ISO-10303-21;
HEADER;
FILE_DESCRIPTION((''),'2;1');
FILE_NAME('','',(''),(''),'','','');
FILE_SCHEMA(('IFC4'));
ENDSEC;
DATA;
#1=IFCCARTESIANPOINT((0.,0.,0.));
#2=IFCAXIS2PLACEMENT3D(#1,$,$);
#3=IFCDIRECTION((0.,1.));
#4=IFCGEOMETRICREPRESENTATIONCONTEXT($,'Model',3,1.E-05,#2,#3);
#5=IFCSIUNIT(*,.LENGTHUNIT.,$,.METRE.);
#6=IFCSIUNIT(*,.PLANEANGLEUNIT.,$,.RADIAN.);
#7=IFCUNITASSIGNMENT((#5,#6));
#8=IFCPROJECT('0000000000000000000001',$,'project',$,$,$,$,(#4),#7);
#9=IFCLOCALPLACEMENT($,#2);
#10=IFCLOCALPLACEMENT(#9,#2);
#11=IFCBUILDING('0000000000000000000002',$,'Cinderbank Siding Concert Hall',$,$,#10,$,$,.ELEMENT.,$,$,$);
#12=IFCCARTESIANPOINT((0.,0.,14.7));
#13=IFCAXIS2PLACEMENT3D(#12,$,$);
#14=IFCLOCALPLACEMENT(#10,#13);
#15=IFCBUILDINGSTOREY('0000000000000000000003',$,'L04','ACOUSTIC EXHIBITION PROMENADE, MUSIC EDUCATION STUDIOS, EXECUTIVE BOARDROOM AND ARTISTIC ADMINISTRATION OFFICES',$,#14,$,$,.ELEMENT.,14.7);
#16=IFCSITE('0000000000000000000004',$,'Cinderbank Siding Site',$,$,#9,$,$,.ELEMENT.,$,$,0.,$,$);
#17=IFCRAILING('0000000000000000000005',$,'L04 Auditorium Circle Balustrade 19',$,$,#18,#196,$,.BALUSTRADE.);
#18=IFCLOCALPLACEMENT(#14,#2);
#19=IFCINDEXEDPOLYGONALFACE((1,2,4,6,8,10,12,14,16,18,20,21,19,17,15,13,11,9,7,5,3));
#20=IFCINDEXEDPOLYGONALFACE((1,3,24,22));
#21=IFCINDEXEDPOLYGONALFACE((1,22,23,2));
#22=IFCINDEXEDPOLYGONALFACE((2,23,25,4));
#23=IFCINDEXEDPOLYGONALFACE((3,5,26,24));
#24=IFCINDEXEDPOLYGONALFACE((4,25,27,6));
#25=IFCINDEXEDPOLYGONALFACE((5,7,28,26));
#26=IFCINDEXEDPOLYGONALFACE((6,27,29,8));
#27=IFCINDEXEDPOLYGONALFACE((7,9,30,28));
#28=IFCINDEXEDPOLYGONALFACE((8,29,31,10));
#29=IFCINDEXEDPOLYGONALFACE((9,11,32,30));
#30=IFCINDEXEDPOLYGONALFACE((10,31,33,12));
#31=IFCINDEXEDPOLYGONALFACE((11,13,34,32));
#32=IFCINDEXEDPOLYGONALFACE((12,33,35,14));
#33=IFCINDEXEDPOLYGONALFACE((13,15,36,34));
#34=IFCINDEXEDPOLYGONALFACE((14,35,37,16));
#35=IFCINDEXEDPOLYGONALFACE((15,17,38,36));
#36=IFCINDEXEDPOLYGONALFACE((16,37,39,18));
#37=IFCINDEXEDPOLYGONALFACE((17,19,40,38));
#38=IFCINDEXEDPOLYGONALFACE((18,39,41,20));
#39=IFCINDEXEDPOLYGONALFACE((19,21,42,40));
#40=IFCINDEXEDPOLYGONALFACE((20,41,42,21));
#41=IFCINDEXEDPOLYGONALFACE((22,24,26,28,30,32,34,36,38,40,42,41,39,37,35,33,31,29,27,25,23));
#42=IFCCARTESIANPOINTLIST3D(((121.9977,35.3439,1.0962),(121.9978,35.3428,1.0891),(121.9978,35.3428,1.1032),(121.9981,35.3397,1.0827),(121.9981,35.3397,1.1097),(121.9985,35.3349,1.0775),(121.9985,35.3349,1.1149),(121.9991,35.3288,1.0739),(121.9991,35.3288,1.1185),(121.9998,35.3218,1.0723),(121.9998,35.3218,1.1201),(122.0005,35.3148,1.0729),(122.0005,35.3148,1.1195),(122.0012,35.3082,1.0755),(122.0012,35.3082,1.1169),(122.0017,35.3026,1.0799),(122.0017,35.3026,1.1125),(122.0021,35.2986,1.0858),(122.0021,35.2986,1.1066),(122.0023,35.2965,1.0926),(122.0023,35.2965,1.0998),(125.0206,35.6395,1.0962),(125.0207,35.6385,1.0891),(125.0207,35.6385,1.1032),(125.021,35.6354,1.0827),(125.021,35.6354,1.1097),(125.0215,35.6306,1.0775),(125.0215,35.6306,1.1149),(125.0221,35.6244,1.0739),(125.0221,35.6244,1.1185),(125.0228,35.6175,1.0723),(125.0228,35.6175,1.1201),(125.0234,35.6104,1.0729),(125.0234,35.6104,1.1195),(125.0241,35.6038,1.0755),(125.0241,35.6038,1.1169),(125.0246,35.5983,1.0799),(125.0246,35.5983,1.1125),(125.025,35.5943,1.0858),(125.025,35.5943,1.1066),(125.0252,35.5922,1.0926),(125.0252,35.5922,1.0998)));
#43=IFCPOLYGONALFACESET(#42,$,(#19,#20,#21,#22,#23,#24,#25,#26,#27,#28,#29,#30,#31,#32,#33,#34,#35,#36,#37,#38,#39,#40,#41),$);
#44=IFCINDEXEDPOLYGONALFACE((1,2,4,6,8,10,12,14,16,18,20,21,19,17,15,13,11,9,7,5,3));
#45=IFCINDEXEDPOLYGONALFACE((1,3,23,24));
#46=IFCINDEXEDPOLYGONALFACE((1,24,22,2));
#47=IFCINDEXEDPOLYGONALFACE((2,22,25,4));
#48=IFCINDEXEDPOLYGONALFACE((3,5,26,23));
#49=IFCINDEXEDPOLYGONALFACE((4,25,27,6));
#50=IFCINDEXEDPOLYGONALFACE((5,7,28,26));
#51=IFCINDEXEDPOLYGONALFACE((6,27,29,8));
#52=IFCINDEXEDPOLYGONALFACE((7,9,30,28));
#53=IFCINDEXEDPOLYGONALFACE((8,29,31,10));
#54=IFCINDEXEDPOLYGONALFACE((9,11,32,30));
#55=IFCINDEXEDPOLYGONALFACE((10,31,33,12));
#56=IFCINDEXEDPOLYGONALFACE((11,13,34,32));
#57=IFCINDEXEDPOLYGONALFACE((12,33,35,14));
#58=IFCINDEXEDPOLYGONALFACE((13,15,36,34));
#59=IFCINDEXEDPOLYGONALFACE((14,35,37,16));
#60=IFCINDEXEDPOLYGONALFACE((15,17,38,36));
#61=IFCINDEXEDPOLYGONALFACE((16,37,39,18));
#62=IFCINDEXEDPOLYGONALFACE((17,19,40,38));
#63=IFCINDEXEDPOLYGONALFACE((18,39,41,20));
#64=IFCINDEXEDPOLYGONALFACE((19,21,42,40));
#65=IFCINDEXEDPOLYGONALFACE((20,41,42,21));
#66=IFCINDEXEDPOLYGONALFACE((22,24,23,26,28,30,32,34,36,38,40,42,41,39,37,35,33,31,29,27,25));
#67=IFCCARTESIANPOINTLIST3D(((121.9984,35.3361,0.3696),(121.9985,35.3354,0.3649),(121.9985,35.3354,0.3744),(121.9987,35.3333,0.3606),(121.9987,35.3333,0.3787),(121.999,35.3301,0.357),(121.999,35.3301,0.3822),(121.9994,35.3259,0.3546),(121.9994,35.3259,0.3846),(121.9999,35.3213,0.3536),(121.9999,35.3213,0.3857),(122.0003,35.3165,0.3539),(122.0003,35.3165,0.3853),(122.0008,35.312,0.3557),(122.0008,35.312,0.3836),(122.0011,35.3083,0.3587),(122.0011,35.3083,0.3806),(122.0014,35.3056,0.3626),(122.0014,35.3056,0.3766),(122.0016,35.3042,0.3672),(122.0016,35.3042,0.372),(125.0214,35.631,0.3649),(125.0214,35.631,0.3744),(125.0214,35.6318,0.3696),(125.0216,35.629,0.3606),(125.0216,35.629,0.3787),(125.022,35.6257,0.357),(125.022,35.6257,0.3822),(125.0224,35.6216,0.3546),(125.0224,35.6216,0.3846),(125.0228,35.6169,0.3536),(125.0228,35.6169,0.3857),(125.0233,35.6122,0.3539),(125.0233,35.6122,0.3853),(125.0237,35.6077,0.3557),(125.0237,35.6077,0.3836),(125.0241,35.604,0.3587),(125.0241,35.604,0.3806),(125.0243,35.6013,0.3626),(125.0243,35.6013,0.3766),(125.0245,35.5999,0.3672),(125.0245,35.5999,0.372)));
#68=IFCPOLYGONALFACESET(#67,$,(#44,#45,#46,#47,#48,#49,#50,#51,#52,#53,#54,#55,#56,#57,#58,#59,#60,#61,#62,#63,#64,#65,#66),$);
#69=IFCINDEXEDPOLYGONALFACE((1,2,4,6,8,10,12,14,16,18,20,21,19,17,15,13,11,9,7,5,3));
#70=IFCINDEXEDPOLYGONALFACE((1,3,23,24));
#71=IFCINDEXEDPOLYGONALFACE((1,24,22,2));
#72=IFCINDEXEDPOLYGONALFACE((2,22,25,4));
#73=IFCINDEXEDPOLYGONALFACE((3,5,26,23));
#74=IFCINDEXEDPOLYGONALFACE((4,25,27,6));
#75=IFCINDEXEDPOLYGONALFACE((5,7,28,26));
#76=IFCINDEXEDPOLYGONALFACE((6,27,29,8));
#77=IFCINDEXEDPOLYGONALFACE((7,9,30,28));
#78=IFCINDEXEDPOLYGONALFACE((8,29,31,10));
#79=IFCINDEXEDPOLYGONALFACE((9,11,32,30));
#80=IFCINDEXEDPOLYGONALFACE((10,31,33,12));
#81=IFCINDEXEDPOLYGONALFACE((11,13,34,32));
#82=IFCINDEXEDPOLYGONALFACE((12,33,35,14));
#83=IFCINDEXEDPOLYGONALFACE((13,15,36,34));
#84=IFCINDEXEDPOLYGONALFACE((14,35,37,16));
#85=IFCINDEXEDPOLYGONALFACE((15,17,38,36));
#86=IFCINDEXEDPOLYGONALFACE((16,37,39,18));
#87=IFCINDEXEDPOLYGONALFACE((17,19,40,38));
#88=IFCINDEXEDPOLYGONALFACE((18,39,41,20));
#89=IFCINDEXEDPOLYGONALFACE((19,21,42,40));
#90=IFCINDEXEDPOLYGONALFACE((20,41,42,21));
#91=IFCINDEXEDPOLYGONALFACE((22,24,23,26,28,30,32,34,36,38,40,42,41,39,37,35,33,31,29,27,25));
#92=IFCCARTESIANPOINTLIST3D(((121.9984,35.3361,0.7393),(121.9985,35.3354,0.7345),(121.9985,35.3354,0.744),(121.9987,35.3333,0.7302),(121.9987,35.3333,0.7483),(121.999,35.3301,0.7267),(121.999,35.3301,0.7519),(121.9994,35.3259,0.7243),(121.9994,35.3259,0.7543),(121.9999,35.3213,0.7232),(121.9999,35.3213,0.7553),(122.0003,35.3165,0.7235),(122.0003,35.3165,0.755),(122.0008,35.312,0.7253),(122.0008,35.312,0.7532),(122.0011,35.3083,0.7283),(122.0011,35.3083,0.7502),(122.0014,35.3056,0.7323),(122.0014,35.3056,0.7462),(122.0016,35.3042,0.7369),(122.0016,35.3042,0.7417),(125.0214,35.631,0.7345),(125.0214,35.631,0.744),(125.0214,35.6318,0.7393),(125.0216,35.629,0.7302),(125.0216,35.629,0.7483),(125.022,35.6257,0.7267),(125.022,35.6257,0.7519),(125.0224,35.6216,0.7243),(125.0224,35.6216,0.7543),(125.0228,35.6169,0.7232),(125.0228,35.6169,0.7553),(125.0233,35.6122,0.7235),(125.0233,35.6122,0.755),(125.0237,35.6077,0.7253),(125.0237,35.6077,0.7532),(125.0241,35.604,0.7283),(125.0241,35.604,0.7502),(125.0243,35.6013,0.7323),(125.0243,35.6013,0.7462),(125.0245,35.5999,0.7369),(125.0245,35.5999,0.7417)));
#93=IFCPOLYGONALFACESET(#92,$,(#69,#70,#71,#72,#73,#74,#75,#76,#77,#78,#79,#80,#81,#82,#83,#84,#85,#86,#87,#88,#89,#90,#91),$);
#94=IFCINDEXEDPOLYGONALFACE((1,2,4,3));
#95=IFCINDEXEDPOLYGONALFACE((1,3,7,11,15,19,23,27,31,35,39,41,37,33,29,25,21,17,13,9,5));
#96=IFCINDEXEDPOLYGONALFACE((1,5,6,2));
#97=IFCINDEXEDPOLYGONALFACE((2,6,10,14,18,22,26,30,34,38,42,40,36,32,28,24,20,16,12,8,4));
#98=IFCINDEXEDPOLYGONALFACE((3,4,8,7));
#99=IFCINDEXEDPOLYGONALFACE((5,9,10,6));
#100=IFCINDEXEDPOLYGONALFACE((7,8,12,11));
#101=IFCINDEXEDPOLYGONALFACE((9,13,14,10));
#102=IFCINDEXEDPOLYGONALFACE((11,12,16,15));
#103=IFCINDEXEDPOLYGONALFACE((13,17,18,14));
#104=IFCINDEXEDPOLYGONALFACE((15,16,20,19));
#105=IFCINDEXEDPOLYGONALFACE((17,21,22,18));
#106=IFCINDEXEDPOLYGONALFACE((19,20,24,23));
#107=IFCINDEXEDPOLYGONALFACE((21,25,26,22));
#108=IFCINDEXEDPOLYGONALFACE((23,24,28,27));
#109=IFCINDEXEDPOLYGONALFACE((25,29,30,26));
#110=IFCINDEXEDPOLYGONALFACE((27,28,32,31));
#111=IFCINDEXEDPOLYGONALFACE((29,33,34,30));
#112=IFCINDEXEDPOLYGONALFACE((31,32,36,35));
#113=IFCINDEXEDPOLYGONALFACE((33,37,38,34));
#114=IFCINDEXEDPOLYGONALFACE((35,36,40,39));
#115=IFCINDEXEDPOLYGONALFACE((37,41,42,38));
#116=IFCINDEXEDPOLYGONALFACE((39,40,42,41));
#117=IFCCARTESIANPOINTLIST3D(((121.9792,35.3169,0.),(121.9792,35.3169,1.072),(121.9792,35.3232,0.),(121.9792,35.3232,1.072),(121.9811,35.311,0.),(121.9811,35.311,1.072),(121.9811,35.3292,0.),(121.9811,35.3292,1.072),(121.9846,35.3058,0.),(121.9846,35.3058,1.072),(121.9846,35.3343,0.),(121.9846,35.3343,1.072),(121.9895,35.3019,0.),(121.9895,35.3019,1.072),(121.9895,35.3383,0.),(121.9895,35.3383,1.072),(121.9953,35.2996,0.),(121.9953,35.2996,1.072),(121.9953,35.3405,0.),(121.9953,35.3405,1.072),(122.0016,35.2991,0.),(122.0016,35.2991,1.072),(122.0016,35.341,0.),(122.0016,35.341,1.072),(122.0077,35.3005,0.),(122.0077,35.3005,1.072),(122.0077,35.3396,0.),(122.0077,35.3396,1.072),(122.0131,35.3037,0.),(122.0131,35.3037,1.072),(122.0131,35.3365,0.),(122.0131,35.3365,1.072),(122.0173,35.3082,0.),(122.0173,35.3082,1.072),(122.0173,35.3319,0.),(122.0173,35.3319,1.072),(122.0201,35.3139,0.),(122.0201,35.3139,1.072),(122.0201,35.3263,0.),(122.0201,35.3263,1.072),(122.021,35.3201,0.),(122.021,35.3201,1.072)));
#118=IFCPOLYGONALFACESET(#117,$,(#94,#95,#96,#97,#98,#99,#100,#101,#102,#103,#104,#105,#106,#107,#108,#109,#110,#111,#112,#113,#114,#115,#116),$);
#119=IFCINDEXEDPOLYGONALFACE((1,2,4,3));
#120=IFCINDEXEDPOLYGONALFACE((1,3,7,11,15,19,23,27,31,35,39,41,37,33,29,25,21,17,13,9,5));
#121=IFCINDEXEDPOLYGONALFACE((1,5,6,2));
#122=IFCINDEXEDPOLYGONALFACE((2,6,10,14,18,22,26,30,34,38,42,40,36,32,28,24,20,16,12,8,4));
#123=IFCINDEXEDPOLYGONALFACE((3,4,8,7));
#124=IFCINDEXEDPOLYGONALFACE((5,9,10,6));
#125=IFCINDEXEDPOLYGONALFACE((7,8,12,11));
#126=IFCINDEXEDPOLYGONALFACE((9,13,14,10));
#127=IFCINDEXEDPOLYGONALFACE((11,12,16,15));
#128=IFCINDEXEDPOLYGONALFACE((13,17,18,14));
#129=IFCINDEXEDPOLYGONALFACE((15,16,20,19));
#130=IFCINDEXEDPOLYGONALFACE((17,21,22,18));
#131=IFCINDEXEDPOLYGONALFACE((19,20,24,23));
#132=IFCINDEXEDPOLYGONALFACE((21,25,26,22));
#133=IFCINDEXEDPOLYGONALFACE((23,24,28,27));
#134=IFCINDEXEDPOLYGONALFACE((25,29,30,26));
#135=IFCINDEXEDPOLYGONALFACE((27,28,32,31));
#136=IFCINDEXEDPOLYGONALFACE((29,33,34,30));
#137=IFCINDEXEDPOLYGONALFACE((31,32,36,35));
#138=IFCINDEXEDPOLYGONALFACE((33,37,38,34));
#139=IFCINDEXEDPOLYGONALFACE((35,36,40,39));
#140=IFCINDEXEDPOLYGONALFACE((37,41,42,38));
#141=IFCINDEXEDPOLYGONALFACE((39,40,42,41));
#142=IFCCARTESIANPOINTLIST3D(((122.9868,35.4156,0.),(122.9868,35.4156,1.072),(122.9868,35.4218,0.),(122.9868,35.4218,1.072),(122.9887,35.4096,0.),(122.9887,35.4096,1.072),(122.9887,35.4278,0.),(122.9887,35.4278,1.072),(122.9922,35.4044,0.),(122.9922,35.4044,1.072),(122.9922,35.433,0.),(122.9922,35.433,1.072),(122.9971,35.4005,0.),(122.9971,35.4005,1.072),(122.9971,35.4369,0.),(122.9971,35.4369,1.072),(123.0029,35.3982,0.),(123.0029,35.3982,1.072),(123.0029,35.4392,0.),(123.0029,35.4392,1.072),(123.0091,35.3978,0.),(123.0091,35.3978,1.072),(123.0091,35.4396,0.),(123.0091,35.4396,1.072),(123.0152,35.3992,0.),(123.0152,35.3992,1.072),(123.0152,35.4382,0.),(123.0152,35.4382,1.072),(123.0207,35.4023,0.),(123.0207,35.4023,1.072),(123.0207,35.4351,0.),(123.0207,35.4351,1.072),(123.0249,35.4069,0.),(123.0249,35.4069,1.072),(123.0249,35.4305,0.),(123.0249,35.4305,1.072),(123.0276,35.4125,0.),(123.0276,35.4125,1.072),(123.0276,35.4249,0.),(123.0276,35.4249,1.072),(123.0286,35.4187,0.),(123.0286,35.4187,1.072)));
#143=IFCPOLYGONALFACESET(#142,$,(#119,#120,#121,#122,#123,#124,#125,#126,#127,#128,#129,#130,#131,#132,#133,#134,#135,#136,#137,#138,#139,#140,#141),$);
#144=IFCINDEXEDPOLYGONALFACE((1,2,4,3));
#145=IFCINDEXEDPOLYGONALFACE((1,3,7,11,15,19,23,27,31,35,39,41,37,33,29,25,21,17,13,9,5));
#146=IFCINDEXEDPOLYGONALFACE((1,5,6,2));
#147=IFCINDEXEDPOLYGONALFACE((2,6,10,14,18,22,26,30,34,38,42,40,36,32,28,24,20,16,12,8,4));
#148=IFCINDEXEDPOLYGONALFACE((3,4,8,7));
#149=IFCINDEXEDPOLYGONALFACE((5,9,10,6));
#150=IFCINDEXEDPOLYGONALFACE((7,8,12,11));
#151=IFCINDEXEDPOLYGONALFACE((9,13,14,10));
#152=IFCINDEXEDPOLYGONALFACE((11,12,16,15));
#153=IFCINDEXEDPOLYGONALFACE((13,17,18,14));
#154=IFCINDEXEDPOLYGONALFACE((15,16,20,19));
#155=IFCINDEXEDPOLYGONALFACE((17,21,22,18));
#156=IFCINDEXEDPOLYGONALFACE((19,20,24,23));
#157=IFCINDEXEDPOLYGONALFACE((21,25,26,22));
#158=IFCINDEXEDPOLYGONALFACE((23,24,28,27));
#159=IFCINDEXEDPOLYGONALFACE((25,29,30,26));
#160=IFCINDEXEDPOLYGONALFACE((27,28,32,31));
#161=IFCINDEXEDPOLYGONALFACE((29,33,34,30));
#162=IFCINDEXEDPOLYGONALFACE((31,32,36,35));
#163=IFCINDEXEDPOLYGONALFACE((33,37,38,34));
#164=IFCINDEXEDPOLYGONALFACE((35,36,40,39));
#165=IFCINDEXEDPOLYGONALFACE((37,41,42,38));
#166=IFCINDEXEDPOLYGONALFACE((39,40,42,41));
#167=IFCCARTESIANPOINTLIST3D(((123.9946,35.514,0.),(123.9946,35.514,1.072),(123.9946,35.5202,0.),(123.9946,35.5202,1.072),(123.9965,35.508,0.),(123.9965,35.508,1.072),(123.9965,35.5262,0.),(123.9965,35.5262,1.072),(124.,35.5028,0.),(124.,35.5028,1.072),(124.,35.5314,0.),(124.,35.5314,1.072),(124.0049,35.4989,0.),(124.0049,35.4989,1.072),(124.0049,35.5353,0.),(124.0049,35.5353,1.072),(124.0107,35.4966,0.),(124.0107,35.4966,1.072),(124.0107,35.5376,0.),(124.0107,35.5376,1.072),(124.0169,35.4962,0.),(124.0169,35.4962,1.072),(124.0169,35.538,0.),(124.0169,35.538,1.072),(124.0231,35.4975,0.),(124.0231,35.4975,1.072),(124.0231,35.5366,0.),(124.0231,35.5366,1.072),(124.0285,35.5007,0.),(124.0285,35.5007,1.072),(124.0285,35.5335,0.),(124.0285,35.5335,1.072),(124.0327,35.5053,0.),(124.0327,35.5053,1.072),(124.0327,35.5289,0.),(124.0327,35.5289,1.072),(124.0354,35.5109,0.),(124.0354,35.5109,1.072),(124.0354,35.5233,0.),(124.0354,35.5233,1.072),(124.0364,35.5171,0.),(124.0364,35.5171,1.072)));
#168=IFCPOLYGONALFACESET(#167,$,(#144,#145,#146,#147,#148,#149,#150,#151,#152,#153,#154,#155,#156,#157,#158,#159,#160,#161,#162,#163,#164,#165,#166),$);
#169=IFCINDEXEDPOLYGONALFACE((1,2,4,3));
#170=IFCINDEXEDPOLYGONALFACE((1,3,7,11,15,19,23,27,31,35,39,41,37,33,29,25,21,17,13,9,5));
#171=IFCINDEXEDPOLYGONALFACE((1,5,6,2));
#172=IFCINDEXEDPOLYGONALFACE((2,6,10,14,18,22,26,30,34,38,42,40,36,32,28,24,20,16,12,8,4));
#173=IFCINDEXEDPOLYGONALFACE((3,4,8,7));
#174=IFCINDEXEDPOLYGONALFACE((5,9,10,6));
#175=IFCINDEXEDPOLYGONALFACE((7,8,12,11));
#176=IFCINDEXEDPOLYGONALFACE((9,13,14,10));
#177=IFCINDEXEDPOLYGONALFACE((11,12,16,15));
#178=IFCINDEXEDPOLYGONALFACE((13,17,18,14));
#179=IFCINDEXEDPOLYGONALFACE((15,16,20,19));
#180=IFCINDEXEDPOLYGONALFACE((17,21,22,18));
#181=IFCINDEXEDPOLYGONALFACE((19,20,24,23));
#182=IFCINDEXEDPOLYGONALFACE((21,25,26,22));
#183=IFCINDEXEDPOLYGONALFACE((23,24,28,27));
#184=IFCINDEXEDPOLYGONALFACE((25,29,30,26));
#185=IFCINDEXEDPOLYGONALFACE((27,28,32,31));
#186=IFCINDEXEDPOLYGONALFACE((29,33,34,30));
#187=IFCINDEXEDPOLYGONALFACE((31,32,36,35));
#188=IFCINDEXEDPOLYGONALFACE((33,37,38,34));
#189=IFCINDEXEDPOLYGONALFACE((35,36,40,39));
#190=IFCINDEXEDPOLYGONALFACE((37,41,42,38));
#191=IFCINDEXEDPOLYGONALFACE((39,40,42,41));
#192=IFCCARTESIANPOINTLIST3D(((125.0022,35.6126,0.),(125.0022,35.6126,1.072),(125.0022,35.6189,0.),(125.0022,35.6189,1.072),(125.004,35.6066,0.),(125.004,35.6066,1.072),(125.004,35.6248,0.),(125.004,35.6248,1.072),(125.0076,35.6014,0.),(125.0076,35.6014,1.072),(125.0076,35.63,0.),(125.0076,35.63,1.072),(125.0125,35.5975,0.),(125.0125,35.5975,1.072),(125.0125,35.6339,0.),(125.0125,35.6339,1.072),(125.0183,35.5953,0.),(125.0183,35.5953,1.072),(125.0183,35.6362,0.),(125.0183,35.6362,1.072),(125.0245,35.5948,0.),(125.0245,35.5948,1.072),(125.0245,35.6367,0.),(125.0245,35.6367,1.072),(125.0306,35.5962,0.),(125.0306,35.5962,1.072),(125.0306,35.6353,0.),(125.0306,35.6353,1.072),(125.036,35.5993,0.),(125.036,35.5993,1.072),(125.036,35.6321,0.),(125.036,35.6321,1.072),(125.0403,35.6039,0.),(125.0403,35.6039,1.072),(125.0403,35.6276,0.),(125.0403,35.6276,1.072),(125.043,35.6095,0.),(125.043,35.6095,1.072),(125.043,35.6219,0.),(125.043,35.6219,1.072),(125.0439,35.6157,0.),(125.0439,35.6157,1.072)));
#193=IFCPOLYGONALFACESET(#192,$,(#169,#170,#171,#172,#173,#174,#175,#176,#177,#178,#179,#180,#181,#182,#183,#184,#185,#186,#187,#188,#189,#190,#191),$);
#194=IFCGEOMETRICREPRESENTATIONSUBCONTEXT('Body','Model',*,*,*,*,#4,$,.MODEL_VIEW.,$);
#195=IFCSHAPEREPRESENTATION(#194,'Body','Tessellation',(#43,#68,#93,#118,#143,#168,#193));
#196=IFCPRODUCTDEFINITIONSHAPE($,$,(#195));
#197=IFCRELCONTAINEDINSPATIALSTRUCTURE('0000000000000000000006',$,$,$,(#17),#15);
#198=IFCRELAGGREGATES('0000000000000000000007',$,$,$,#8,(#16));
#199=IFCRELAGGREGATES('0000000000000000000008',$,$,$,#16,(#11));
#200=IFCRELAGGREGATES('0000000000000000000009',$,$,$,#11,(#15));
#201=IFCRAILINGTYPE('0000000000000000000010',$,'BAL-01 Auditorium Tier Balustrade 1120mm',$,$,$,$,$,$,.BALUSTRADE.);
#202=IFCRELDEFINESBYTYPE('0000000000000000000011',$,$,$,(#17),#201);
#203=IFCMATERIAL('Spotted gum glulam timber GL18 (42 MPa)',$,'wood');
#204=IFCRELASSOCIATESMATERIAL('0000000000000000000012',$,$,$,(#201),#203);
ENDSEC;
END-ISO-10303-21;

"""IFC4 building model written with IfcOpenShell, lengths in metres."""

from ifc_helpers import new_model, si_unit, direction, frame, origin, origin_2d, place, context, subcontext, project, spatial, circle, extrude, material, type_object, element, save


model = new_model("IFC4")

# Units and contexts
model_context = context("Model", 3, precision=1e-05, world=origin(), true_north=direction((0.0, 1.0)))
body_context = subcontext(model_context, "Body", "Model", "MODEL_VIEW")
ifc_project = project(units=[si_unit("LENGTHUNIT", "METRE"), si_unit("PLANEANGLEUNIT", "RADIAN")], contexts=[model_context])

# Site, building, storey
site_placement = place(None, origin())
site = spatial("IfcSite", under=ifc_project, at=site_placement, Name="Cinderbank Siding Site", CompositionType="ELEMENT", RefElevation=0.0)
building_placement = place(site_placement, origin())
building = spatial("IfcBuilding", under=site, at=building_placement, Name="Cinderbank Siding Concert Hall", CompositionType="ELEMENT")
storey_placement = place(building_placement, frame((0.0, 0.0, 14.7)))
storey = spatial("IfcBuildingStorey", under=building, at=storey_placement, Name="L04", Description="ACOUSTIC EXHIBITION PROMENADE, MUSIC EDUCATION STUDIOS, EXECUTIVE BOARDROOM AND ARTISTIC ADMINISTRATION OFFICES", CompositionType="ELEMENT", Elevation=14.7)

# Shared definitions
ifc_material_1 = material(Name="Spotted gum glulam timber GL18 (42 MPa)", Category="wood")

# Railing
railing_type = type_object("IfcRailingType", Name="BAL-01 Auditorium Tier Balustrade 1120mm", PredefinedType="BALUSTRADE", material=ifc_material_1)
railing_1_placement = place(storey_placement, frame((122.0, 35.3201, 0.0)))
element("IfcRailing", 1, at=railing_1_placement, inside=storey, type_object=railing_type, Name="L04 Auditorium Circle Balustrade 19", PredefinedType="BALUSTRADE", context=body_context, shape_type="SweptSolid", body=[
    extrude(circle(Radius=0.0239, at=origin_2d()), frame((0.0, 0.0, 1.0962), z_axis=(0.995251, 0.097339, 0.0), x_axis=(-0.097339, 0.995251, 0.0)), (0.0, 0.0, 1.0), 3.0374),
    extrude(circle(Radius=0.0161, at=origin_2d()), frame((0.0, 0.0, 0.3696), z_axis=(0.995251, 0.097339, 0.0), x_axis=(-0.097339, 0.995251, 0.0)), (0.0, 0.0, 1.0), 3.0374),
    extrude(circle(Radius=0.0161, at=origin_2d()), frame((0.0, 0.0, 0.7393), z_axis=(0.995251, 0.097339, 0.0), x_axis=(-0.097339, 0.995251, 0.0)), (0.0, 0.0, 1.0), 3.0374),
    extrude(circle(Radius=0.021, at=origin_2d()), origin(), (0.0, 0.0, 1.0), 1.072),
    extrude(circle(Radius=0.021, at=origin_2d()), frame((1.0076, 0.0986, 0.0)), (0.0, 0.0, 1.0), 1.072),
    extrude(circle(Radius=0.021, at=origin_2d()), frame((2.0154, 0.197, 0.0)), (0.0, 0.0, 1.0), 1.072),
    extrude(circle(Radius=0.021, at=origin_2d()), frame((3.0229, 0.2957, 0.0)), (0.0, 0.0, 1.0), 1.072),
])

save(model, "model.ifc")
